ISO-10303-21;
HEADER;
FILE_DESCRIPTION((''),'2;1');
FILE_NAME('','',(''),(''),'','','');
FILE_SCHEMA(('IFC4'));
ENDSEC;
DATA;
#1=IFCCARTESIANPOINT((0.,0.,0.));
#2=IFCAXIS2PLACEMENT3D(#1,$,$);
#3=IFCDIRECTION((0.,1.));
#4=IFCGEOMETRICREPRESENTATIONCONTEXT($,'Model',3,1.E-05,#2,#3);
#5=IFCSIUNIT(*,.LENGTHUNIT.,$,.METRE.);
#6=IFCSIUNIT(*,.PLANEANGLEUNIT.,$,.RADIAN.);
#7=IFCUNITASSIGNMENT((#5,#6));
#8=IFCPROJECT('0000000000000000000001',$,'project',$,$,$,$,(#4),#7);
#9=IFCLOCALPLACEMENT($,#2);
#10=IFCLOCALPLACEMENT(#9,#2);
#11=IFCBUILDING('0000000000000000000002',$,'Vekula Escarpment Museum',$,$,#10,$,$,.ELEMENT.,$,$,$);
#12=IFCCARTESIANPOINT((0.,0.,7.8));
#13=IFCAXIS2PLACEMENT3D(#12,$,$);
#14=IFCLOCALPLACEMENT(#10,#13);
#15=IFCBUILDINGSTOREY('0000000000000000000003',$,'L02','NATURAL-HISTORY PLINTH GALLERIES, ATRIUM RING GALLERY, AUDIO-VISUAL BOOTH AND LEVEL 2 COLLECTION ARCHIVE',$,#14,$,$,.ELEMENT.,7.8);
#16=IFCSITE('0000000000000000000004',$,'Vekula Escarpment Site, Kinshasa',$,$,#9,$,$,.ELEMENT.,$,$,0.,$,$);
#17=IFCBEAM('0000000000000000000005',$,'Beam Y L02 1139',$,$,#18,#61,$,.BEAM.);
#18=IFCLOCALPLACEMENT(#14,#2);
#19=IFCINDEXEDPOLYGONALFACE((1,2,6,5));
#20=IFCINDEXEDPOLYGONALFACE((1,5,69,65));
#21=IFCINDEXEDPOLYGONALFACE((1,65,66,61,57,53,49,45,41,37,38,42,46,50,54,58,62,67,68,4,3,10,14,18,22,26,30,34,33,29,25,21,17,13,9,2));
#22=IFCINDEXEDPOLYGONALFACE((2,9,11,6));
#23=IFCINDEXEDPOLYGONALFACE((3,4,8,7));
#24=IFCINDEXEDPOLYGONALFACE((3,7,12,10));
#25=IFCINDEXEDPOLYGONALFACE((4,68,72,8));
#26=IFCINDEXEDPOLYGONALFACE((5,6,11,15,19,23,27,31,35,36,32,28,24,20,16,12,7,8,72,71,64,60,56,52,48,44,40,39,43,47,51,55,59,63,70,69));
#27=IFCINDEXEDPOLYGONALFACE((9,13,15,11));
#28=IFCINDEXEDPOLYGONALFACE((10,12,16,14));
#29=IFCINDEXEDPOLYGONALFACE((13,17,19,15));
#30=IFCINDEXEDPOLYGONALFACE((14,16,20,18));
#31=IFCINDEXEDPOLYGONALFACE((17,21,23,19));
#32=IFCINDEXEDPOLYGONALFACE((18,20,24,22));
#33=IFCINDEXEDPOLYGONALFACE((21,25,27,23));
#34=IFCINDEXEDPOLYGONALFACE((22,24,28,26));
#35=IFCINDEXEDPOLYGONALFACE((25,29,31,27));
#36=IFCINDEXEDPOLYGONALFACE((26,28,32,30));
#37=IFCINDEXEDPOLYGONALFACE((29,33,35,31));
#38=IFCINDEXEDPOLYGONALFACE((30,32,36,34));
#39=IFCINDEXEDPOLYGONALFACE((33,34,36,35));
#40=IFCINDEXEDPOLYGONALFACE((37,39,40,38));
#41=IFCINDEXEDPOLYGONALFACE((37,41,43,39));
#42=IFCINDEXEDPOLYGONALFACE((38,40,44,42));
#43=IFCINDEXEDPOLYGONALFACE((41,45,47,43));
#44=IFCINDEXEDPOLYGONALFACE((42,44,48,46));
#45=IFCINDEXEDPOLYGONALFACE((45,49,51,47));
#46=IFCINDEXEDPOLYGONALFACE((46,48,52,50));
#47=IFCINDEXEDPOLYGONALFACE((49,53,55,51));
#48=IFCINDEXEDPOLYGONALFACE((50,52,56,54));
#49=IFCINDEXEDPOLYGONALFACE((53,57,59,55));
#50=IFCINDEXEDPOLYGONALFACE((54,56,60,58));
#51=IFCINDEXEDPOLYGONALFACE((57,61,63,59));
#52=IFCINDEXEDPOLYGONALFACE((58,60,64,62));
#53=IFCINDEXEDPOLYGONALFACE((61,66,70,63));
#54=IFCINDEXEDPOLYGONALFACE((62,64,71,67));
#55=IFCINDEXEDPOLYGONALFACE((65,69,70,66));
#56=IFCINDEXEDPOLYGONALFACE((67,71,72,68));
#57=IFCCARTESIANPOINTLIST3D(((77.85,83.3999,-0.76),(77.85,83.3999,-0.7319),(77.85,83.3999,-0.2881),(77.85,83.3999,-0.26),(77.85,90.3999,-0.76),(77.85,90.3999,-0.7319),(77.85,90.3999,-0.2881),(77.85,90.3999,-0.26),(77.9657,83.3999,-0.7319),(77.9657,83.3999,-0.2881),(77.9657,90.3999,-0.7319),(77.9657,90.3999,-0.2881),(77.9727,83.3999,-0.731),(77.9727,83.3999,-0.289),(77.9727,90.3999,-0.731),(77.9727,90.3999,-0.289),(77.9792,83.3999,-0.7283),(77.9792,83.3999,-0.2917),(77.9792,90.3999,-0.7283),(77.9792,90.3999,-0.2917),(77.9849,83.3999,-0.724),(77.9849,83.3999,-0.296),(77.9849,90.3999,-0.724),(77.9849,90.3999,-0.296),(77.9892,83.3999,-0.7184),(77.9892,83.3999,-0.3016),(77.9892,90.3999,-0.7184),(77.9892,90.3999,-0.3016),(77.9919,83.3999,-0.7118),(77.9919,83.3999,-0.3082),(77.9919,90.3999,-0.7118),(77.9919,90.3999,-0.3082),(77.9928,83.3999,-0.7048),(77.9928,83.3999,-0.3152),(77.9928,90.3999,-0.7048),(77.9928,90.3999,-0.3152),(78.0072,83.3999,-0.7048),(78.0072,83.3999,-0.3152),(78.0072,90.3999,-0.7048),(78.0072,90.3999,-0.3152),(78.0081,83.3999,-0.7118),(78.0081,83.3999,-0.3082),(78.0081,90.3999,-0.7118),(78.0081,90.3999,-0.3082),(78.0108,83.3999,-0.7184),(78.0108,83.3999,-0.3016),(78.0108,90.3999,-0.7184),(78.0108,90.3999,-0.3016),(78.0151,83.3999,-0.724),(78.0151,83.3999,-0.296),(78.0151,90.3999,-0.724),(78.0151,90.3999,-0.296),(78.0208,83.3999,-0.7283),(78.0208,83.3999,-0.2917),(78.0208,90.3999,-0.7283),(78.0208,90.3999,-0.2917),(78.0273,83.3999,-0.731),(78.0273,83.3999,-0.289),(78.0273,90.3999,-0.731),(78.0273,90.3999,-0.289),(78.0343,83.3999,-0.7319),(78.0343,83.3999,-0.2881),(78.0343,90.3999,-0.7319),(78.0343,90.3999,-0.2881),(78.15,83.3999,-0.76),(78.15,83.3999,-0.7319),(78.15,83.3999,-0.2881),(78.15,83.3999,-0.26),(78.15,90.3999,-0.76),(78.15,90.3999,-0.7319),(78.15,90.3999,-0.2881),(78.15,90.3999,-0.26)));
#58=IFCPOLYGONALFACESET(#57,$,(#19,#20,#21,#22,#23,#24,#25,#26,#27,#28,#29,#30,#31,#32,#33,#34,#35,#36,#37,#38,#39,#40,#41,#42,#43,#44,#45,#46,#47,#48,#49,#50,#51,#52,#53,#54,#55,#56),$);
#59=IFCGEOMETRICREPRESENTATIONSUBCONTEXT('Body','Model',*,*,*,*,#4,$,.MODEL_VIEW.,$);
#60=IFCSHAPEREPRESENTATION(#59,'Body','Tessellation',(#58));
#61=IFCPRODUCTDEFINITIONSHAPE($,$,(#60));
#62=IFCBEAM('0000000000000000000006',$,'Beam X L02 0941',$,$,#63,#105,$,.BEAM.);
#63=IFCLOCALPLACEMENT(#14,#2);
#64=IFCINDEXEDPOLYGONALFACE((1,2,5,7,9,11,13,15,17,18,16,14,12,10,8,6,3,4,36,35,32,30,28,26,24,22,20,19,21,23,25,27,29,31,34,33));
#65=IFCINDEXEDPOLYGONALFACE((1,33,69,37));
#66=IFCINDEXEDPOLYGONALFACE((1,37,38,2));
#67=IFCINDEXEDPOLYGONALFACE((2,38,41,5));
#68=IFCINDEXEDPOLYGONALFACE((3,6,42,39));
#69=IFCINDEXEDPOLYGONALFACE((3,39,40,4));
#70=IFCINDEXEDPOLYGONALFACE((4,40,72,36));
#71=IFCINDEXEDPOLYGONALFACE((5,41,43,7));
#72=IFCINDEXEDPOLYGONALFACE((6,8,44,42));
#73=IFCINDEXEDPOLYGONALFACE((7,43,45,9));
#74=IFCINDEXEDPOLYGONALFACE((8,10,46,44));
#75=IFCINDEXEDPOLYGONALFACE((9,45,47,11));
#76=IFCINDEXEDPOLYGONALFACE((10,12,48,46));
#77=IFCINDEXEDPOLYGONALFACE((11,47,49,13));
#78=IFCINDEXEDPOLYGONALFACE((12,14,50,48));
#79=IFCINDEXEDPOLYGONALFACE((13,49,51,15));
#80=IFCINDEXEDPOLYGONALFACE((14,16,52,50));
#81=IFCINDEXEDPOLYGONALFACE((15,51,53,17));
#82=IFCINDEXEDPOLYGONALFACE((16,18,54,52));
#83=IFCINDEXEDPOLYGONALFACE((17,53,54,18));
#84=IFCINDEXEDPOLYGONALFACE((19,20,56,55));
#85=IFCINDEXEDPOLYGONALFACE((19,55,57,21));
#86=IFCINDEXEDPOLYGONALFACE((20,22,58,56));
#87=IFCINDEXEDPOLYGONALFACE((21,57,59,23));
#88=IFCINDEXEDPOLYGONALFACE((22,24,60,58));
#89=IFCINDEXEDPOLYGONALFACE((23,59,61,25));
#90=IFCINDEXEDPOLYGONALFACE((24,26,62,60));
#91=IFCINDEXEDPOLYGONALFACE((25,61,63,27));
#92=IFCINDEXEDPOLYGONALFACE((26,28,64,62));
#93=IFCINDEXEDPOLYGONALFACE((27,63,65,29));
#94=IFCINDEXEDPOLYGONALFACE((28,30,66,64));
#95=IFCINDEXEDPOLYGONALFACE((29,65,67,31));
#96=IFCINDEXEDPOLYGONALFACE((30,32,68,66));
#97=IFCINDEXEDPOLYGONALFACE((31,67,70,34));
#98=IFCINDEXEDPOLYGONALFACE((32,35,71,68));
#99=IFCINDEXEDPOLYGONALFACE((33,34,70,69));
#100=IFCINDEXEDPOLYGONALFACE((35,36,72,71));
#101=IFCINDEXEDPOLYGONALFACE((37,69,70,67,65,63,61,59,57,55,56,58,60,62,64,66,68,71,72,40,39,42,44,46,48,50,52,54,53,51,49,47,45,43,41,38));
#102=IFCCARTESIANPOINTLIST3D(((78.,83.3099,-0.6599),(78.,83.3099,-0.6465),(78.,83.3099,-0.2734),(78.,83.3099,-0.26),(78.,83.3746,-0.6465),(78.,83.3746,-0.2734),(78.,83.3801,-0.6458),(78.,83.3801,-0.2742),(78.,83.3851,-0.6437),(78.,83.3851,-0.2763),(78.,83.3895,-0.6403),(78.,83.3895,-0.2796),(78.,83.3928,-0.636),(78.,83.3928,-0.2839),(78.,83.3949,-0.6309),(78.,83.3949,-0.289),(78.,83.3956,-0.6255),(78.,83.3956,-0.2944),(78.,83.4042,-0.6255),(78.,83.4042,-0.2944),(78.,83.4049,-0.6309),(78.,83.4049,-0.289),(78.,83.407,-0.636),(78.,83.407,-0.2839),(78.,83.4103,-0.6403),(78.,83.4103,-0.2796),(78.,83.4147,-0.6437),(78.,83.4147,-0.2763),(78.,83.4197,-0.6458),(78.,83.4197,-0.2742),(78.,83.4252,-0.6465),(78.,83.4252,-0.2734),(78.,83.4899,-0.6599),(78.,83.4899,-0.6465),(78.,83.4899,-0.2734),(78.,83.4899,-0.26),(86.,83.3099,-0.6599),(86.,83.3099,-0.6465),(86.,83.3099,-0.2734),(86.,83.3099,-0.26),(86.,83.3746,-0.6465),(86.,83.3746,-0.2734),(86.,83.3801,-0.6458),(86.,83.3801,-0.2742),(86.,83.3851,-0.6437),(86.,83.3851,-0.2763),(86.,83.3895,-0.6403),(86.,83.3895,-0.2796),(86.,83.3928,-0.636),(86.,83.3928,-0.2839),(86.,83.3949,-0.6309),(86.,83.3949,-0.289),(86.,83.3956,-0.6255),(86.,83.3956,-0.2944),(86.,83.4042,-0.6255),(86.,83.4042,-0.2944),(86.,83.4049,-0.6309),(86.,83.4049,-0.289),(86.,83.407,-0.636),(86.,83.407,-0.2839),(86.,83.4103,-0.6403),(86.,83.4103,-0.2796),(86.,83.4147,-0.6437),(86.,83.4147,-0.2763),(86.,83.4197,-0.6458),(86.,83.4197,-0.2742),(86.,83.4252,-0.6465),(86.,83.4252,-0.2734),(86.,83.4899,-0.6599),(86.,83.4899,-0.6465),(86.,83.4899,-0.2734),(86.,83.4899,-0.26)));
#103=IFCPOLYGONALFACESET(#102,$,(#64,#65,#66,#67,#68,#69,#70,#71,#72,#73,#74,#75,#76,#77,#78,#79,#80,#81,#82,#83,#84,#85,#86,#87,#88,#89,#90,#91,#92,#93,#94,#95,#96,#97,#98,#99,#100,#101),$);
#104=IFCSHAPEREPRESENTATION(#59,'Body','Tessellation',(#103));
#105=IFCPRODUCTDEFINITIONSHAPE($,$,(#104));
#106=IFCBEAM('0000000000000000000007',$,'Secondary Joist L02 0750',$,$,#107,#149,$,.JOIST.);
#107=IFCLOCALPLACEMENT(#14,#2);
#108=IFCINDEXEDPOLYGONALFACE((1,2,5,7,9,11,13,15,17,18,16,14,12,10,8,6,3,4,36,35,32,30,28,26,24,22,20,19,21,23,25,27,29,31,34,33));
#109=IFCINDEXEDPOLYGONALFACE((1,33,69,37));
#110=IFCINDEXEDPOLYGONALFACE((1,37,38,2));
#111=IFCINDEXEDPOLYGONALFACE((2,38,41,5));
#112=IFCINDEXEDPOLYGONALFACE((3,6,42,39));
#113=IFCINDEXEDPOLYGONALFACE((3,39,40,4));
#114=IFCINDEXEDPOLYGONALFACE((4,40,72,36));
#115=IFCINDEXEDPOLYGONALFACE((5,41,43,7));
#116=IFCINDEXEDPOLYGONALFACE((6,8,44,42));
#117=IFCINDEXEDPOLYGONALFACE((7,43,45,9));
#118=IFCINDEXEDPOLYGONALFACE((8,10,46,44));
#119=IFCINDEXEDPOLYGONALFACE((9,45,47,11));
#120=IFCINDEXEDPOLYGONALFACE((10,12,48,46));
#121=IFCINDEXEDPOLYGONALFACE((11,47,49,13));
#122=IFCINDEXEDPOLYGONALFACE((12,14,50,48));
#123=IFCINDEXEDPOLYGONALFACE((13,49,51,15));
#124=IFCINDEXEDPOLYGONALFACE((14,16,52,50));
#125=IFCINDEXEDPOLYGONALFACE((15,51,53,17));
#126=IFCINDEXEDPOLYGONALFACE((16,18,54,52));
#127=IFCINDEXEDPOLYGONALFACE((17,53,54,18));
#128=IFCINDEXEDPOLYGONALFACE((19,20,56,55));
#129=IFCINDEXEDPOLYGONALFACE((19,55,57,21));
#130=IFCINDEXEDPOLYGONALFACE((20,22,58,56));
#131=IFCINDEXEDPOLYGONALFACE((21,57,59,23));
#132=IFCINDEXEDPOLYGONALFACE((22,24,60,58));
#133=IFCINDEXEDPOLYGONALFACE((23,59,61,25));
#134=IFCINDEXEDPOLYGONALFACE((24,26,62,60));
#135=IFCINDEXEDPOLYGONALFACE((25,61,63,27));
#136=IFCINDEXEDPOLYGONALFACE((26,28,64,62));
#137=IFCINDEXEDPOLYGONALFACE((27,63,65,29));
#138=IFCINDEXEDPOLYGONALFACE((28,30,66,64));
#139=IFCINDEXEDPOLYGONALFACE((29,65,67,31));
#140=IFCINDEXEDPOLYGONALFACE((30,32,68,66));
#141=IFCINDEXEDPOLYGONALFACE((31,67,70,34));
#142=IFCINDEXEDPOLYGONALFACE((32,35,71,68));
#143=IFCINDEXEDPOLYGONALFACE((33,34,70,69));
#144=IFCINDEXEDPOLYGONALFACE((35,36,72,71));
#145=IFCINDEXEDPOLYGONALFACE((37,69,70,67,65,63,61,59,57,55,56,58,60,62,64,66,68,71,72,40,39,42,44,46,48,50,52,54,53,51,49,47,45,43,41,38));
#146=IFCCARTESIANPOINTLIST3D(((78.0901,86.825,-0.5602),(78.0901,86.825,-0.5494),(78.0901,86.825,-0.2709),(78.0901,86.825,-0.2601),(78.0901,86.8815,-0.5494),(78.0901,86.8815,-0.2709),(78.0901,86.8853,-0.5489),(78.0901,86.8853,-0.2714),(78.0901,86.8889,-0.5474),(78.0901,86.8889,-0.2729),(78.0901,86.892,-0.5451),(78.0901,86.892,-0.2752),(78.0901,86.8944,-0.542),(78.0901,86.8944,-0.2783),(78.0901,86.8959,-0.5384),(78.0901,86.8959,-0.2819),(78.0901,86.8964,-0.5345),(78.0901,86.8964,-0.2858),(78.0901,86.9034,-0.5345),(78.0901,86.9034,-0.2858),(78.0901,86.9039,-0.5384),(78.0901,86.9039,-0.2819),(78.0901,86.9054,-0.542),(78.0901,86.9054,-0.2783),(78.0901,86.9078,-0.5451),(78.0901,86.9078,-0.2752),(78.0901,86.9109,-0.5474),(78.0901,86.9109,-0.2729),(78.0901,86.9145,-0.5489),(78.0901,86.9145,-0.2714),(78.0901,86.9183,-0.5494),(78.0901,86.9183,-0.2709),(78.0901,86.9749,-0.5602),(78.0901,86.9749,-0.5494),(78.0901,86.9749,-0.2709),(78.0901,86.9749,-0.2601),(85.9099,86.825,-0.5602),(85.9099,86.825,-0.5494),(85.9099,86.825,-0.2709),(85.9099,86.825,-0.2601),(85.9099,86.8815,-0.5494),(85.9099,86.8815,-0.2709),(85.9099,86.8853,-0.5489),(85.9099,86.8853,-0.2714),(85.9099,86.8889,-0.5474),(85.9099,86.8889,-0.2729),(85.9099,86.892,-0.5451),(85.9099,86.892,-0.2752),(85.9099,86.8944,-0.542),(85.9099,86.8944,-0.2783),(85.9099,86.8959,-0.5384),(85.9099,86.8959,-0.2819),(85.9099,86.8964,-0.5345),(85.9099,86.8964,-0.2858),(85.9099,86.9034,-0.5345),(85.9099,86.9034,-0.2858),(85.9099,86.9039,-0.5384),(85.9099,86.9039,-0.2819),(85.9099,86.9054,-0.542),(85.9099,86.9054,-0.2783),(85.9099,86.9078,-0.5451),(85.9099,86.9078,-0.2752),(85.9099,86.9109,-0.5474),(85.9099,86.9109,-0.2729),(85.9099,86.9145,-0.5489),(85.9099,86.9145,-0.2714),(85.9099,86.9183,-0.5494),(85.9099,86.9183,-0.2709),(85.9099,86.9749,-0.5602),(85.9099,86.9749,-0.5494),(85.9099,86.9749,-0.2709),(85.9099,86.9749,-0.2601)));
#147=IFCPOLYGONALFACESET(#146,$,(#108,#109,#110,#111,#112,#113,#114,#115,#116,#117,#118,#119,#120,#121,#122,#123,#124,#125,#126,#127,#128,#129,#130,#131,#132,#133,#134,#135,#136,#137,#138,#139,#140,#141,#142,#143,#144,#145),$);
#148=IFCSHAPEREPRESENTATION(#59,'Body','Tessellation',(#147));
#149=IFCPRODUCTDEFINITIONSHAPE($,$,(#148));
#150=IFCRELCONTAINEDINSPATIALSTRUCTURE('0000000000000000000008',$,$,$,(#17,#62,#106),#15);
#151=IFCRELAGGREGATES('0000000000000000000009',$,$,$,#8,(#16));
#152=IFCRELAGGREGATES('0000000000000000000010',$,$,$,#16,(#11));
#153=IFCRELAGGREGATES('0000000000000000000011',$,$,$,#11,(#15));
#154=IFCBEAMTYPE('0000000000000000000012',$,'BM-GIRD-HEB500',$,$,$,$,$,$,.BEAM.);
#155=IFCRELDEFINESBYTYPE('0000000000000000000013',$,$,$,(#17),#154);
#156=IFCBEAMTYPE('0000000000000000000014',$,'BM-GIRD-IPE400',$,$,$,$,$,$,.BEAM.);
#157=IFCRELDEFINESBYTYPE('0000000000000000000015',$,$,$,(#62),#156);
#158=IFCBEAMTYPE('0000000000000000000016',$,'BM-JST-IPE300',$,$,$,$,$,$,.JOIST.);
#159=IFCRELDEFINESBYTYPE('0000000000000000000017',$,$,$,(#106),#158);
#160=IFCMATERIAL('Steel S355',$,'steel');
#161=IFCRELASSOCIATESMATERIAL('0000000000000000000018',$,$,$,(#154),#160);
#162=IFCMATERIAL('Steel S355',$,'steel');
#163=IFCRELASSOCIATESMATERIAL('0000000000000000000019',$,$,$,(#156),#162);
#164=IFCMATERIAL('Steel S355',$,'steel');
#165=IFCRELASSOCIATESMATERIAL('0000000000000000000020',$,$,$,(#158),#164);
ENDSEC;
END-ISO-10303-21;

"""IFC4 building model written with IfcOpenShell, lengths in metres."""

from ifc_helpers import new_model, si_unit, direction, frame, origin, origin_2d, place, context, subcontext, project, spatial, i_section, extrude, material, material_profile, profile_set, type_object, element, save


model = new_model("IFC4")

# Units and contexts
model_context = context("Model", 3, precision=1e-05, world=origin(), true_north=direction((0.0, 1.0)))
body_context = subcontext(model_context, "Body", "Model", "MODEL_VIEW")
ifc_project = project(units=[si_unit("LENGTHUNIT", "METRE"), si_unit("PLANEANGLEUNIT", "RADIAN")], contexts=[model_context])

# Site, building, storey
site_placement = place(None, origin())
site = spatial("IfcSite", under=ifc_project, at=site_placement, Name="Vekula Escarpment Site, Kinshasa", CompositionType="ELEMENT", RefElevation=0.0)
building_placement = place(site_placement, origin())
building = spatial("IfcBuilding", under=site, at=building_placement, Name="Vekula Escarpment Museum", CompositionType="ELEMENT")
storey_placement = place(building_placement, frame((0.0, 0.0, 7.8)))
storey = spatial("IfcBuildingStorey", under=building, at=storey_placement, Name="L02", Description="NATURAL-HISTORY PLINTH GALLERIES, ATRIUM RING GALLERY, AUDIO-VISUAL BOOTH AND LEVEL 2 COLLECTION ARCHIVE", CompositionType="ELEMENT", Elevation=7.8)

# Beams
ifc_material_1 = material(Name="Steel S355", Category="steel")
ifc_material_profile_1 = material_profile(ifc_material_1, i_section(OverallWidth=0.3, OverallDepth=0.5, WebThickness=0.0144, FlangeThickness=0.0281, FilletRadius=0.0271, at=origin_2d()), Name="HEB 500")
ifc_profile_set_1 = profile_set([ifc_material_profile_1], Name="Steel S355")
beam_type_1 = type_object("IfcBeamType", Name="BM-GIRD-HEB500", PredefinedType="BEAM", material=ifc_profile_set_1)
for number, where, z_axis, x_axis, name in (
    (1, (78.0, 83.3999, -0.51), (0.0, 1.0, 0.0), (-1.0, 0.0, 0.0), "Beam Y L02 1139"),
):
    element("IfcBeam", number, at=place(storey_placement, frame(where, z_axis=z_axis, x_axis=x_axis)), inside=storey, type_object=beam_type_1, Name=name, PredefinedType="BEAM", context=body_context, shape_type="SweptSolid", body=[
        extrude(i_section(OverallWidth=0.3, OverallDepth=0.5, WebThickness=0.0144, FlangeThickness=0.0281, FilletRadius=0.0271, at=origin_2d()), origin(), (0.0, 0.0, 1.0), 7.0),
    ])
ifc_material_2 = material(Name="Steel S355", Category="steel")
ifc_material_profile_2 = material_profile(ifc_material_2, i_section(OverallWidth=0.1799, OverallDepth=0.3999, WebThickness=0.0085, FlangeThickness=0.0134, FilletRadius=0.021, at=origin_2d()), Name="IPE 400")
ifc_profile_set_2 = profile_set([ifc_material_profile_2], Name="Steel S355")
beam_type_2 = type_object("IfcBeamType", Name="BM-GIRD-IPE400", PredefinedType="BEAM", material=ifc_profile_set_2)
beam_1_placement = place(storey_placement, frame((78.0, 83.3999, -0.46), z_axis=(1.0, 0.0, 0.0), x_axis=(0.0, 1.0, 0.0)))
element("IfcBeam", 2, at=beam_1_placement, inside=storey, type_object=beam_type_2, Name="Beam X L02 0941", PredefinedType="BEAM", context=body_context, shape_type="SweptSolid", body=[
    extrude(i_section(OverallWidth=0.1799, OverallDepth=0.3999, WebThickness=0.0085, FlangeThickness=0.0134, FilletRadius=0.021, at=origin_2d()), origin(), (0.0, 0.0, 1.0), 8.0),
])
ifc_material_3 = material(Name="Steel S355", Category="steel")
ifc_material_profile_3 = material_profile(ifc_material_3, i_section(OverallWidth=0.1499, OverallDepth=0.3, WebThickness=0.0071, FlangeThickness=0.0107, FilletRadius=0.0149, at=origin_2d()), Name="IPE 300")
ifc_profile_set_3 = profile_set([ifc_material_profile_3], Name="Steel S355")
beam_type_3 = type_object("IfcBeamType", Name="BM-JST-IPE300", PredefinedType="JOIST", material=ifc_profile_set_3)
beam_2_placement = place(storey_placement, frame((78.0901, 86.8999, -0.4102), z_axis=(1.0, 0.0, 0.0), x_axis=(0.0, 1.0, 0.0)))
element("IfcBeam", 3, at=beam_2_placement, inside=storey, type_object=beam_type_3, Name="Secondary Joist L02 0750", PredefinedType="JOIST", context=body_context, shape_type="SweptSolid", body=[
    extrude(i_section(OverallWidth=0.1499, OverallDepth=0.3, WebThickness=0.0071, FlangeThickness=0.0107, FilletRadius=0.0149, at=origin_2d()), origin(), (0.0, 0.0, 1.0), 7.8198),
])

save(model, "model.ifc")
